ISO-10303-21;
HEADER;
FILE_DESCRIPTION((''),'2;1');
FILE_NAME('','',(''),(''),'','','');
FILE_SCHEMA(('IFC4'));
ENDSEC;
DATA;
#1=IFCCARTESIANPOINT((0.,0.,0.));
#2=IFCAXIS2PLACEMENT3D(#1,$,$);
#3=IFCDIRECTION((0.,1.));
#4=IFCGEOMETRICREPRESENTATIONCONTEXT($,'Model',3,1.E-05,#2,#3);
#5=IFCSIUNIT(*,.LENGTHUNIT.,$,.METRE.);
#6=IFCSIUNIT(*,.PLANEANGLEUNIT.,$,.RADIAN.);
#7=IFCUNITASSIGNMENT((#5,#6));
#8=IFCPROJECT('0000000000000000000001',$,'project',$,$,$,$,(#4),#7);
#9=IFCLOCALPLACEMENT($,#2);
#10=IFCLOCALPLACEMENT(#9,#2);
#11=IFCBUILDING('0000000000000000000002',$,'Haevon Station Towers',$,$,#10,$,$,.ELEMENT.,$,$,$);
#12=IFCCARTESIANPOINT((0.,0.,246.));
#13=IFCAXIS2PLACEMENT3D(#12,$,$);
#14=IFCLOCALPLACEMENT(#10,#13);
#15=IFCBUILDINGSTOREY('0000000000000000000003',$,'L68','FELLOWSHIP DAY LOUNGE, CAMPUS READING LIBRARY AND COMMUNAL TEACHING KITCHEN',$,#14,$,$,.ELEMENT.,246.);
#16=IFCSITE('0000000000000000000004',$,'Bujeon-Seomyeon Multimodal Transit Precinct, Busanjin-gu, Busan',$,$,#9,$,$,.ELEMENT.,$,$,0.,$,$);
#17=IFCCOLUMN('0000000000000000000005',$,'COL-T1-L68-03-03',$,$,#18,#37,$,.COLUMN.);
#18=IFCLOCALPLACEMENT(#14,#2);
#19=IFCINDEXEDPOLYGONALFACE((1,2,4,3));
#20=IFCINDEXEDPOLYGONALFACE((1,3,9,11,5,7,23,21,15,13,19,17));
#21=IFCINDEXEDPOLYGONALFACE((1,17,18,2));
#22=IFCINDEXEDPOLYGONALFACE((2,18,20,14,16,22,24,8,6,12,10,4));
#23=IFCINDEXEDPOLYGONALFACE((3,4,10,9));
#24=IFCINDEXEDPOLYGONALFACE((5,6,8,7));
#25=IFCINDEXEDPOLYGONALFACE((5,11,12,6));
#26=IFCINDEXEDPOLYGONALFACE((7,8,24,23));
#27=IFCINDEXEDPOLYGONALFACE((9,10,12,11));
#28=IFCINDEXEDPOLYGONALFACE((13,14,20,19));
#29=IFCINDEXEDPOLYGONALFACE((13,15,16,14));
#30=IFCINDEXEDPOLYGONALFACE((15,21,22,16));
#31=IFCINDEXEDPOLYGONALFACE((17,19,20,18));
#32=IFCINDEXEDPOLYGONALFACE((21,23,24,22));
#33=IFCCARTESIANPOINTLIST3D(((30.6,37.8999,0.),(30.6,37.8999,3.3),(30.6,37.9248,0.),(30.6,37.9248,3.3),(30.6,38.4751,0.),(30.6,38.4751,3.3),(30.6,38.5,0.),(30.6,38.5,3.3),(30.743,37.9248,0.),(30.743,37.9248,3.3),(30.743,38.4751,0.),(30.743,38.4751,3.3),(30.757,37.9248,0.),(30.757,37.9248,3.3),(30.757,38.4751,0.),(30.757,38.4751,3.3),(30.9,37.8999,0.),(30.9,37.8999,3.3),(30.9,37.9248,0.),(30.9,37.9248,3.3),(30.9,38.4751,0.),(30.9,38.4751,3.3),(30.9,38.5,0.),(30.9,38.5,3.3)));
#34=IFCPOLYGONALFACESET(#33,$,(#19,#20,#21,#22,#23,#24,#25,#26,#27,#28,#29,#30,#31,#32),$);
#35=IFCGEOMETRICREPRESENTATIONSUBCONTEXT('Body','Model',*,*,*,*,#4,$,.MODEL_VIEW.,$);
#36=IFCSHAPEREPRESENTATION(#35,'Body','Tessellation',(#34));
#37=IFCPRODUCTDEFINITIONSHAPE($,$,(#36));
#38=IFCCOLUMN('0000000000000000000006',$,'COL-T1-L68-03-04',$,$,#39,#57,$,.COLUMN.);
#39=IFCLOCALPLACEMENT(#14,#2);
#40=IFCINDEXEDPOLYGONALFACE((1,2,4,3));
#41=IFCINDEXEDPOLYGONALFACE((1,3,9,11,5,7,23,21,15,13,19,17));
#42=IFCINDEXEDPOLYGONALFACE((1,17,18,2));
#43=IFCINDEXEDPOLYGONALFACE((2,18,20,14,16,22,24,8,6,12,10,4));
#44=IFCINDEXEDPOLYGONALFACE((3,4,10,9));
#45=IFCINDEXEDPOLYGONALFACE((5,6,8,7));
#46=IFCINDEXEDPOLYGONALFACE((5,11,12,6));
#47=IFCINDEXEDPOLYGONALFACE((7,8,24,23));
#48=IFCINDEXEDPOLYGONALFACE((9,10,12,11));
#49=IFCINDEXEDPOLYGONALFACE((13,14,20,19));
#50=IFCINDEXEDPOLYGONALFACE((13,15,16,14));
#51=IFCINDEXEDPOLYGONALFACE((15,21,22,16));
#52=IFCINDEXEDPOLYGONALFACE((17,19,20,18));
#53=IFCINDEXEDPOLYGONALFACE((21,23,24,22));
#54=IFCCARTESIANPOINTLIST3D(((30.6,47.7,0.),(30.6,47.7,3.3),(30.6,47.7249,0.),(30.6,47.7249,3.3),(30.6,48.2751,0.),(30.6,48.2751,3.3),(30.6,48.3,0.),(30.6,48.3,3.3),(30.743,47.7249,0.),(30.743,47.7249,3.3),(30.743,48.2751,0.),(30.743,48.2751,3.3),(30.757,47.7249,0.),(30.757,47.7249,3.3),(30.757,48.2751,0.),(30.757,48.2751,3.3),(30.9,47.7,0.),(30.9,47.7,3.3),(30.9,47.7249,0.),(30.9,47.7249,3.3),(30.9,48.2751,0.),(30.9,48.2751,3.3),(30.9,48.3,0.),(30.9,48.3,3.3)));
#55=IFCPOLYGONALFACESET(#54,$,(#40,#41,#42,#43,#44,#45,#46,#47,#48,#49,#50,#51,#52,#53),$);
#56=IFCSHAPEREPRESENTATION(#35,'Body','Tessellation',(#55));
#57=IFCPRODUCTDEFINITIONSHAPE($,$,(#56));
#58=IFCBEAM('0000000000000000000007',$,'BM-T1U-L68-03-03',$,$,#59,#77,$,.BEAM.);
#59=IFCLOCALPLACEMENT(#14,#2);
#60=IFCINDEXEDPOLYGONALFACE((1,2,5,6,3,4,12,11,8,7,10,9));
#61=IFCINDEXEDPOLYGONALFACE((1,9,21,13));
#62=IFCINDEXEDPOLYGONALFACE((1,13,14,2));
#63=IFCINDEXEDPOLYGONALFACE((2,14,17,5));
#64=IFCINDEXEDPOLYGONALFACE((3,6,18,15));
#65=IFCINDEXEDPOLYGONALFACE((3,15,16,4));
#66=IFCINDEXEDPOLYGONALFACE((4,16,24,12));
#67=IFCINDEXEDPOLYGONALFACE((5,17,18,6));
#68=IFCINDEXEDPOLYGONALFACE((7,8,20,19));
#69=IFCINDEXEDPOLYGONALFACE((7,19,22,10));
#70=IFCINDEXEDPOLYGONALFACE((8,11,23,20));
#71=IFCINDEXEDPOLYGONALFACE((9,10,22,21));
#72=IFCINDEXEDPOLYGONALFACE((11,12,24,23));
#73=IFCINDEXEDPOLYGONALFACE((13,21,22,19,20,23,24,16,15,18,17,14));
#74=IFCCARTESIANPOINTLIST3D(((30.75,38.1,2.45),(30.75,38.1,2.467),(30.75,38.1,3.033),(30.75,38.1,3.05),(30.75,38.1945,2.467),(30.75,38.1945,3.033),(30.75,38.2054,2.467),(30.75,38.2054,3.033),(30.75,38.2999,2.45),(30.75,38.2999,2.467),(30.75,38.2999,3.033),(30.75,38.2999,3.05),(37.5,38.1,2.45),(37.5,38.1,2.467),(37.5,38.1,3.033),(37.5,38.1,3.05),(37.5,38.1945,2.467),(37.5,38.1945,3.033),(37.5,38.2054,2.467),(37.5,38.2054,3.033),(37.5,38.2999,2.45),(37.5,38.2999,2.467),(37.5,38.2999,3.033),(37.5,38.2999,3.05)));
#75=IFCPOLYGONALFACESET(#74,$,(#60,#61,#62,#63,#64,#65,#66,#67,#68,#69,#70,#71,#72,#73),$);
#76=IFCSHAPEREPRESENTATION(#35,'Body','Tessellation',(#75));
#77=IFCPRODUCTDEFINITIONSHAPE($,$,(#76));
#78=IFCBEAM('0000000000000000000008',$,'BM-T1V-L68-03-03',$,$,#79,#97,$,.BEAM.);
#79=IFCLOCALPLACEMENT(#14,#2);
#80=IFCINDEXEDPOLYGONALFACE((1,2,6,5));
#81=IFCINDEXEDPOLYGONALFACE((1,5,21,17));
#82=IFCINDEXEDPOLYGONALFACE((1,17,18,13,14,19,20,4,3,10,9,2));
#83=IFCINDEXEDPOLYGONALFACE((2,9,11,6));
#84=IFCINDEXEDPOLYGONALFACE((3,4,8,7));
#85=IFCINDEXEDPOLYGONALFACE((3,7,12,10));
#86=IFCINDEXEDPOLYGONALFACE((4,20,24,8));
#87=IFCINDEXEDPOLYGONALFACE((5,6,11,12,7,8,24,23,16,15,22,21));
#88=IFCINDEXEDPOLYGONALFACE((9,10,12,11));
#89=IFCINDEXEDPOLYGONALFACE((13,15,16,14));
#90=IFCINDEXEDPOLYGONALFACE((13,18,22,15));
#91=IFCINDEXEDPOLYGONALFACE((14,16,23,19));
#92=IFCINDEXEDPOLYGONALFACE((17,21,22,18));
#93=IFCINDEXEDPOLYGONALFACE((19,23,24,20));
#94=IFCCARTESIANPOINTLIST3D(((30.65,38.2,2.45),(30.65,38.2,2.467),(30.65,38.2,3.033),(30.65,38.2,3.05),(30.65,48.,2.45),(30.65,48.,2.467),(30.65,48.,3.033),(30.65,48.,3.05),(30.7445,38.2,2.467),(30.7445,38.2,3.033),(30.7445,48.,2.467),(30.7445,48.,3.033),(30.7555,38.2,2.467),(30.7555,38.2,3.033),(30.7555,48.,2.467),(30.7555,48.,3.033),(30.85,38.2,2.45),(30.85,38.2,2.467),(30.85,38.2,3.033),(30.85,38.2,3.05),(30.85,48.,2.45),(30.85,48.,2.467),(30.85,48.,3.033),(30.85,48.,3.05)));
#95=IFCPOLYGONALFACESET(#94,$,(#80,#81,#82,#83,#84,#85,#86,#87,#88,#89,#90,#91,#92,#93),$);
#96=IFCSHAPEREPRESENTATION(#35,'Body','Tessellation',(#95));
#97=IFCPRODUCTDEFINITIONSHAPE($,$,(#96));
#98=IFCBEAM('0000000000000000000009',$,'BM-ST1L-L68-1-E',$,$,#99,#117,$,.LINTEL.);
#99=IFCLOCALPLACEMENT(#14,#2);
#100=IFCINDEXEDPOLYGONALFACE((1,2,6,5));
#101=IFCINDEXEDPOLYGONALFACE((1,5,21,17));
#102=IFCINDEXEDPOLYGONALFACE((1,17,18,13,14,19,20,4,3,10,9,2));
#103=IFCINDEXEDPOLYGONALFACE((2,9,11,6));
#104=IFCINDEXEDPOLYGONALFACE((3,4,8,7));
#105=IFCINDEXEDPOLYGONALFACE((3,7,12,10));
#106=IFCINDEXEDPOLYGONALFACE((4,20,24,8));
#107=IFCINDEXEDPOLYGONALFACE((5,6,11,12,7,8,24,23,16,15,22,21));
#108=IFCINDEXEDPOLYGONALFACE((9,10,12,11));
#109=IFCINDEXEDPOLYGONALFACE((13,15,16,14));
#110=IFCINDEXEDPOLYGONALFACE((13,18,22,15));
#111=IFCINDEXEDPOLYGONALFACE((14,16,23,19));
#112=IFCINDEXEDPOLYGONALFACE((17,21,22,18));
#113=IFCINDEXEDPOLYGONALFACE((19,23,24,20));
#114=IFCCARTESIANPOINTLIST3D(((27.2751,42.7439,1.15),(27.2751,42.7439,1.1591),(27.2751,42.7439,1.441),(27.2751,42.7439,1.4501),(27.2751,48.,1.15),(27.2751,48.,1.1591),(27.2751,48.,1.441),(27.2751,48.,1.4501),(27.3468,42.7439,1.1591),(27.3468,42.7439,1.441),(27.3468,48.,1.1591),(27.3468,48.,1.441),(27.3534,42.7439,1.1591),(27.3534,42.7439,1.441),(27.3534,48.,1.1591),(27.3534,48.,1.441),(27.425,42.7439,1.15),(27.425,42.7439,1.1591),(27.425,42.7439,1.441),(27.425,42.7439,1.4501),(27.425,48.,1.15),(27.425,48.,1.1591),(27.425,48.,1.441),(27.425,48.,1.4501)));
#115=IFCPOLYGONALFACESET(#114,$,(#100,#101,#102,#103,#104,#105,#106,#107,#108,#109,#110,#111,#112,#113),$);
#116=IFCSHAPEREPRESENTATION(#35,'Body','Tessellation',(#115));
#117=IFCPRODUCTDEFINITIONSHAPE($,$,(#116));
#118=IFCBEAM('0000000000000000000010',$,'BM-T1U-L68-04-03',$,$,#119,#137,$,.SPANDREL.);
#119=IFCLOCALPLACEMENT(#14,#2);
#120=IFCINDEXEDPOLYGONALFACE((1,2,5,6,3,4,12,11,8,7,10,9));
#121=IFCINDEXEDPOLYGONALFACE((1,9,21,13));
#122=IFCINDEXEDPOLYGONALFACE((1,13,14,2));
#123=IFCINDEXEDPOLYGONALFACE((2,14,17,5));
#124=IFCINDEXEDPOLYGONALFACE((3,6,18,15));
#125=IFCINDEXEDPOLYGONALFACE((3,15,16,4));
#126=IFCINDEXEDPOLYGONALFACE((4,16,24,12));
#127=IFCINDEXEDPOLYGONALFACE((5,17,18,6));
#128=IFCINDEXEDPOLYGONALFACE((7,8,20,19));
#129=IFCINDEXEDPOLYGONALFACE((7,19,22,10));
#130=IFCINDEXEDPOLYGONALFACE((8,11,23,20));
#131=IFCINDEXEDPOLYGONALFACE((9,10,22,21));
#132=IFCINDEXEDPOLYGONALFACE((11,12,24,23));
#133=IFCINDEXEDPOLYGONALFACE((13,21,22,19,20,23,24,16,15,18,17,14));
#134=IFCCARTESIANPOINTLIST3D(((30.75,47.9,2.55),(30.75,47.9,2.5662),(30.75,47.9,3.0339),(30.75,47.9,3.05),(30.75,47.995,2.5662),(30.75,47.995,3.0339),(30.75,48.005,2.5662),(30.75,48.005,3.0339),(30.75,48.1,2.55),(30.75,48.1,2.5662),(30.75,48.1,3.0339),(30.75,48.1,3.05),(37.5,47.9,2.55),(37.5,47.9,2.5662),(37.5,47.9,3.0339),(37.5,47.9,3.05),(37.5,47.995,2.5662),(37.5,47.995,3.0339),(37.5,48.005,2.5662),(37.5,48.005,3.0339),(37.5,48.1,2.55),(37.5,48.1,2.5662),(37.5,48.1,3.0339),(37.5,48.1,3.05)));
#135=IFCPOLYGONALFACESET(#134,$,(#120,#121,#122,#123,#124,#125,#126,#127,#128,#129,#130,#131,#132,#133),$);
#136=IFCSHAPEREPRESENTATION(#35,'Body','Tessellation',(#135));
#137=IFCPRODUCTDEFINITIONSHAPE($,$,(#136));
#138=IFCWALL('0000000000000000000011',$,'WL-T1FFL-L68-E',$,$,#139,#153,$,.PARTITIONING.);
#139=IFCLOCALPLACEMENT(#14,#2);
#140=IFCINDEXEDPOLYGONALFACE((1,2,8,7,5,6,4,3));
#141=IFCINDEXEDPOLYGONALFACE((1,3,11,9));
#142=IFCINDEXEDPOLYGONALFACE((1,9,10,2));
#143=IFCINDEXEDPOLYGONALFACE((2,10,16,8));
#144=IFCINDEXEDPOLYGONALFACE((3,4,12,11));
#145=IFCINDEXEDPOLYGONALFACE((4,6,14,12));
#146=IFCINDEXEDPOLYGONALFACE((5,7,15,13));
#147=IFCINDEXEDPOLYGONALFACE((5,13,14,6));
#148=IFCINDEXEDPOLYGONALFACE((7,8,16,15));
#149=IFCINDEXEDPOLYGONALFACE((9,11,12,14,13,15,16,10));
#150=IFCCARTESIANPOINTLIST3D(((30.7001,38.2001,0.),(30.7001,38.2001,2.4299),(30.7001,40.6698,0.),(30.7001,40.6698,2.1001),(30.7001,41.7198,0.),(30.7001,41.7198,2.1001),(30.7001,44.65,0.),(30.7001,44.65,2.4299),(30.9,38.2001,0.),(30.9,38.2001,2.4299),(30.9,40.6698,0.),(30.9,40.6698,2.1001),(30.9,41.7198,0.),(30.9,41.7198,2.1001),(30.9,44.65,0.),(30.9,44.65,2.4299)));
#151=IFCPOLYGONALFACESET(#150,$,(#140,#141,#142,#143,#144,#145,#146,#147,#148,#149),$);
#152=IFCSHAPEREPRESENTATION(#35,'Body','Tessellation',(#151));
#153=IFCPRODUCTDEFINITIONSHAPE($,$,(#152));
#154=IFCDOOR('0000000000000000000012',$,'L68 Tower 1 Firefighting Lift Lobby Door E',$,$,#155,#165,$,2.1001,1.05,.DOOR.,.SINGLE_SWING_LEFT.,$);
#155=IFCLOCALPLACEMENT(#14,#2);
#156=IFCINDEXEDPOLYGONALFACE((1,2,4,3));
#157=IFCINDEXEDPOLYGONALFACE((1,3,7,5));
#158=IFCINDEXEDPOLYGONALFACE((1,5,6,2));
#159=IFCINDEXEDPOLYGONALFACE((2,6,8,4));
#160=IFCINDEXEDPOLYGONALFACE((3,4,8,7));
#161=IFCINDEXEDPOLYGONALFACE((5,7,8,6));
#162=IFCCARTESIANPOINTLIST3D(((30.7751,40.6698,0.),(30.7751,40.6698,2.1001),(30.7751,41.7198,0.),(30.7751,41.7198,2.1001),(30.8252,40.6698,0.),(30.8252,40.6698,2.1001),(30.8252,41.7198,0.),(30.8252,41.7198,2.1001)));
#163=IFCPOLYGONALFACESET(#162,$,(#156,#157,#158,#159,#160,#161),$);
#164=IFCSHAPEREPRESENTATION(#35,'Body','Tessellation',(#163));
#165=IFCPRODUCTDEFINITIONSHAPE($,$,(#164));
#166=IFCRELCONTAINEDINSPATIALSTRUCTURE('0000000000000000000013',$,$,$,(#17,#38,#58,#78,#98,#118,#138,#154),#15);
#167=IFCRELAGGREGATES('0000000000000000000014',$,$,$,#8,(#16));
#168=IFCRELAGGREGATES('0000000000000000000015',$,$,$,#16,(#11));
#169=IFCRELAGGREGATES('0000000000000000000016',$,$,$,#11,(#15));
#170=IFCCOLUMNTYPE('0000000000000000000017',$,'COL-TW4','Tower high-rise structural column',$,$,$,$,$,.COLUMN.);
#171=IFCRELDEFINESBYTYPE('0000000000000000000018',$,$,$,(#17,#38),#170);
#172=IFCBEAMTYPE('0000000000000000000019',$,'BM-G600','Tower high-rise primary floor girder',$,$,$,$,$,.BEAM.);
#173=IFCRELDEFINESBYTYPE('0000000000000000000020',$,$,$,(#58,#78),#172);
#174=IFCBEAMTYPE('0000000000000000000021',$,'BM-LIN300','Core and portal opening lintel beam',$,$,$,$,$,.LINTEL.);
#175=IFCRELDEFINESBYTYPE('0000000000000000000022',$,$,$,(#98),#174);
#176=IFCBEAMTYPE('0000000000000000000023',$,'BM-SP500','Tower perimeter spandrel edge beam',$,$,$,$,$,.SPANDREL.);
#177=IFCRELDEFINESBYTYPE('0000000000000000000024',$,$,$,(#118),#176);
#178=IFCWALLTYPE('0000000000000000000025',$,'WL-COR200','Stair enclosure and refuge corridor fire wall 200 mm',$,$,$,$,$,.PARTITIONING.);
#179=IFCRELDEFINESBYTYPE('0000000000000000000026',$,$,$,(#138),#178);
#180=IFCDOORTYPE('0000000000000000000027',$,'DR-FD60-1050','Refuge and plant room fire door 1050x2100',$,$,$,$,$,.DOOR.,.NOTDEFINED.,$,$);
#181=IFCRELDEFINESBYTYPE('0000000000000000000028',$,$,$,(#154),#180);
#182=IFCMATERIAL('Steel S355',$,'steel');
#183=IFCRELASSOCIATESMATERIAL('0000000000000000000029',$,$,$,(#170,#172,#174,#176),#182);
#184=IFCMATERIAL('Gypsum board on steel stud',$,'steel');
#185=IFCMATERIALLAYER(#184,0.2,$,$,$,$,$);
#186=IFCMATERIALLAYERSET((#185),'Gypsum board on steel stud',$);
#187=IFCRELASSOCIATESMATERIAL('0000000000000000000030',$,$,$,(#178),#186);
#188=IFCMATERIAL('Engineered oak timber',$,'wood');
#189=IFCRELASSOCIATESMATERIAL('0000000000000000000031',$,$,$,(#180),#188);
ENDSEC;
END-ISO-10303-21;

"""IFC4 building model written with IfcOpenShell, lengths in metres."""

from ifc_helpers import new_model, si_unit, direction, frame, frame_2d, origin, origin_2d, place, context, subcontext, project, spatial, rectangle, i_section, extrude, material, layer, layer_set, material_profile, profile_set, type_object, element, fill, save


model = new_model("IFC4")

# Units and contexts
model_context = context("Model", 3, precision=1e-05, world=origin(), true_north=direction((0.0, 1.0)))
body_context = subcontext(model_context, "Body", "Model", "MODEL_VIEW")
ifc_project = project(units=[si_unit("LENGTHUNIT", "METRE"), si_unit("PLANEANGLEUNIT", "RADIAN")], contexts=[model_context])

# Site, building, storey
site_placement = place(None, origin())
site = spatial("IfcSite", under=ifc_project, at=site_placement, Name="Bujeon-Seomyeon Multimodal Transit Precinct, Busanjin-gu, Busan", CompositionType="ELEMENT", RefElevation=0.0)
building_placement = place(site_placement, origin())
building = spatial("IfcBuilding", under=site, at=building_placement, Name="Haevon Station Towers", CompositionType="ELEMENT")
storey_placement = place(building_placement, frame((0.0, 0.0, 246.0)))
storey = spatial("IfcBuildingStorey", under=building, at=storey_placement, Name="L68", Description="FELLOWSHIP DAY LOUNGE, CAMPUS READING LIBRARY AND COMMUNAL TEACHING KITCHEN", CompositionType="ELEMENT", Elevation=246.0)

# Columns
ifc_material_1 = material(Name="Steel S355", Category="steel")
ifc_material_profile_1 = material_profile(ifc_material_1, i_section(OverallWidth=0.3, OverallDepth=0.6001, WebThickness=0.0139, FlangeThickness=0.0249, at=origin_2d()), Name="H-600x300x14x25")
ifc_profile_set_1 = profile_set([ifc_material_profile_1], Name="Steel S355")
column_type = type_object("IfcColumnType", Name="COL-TW4", Description="Tower high-rise structural column", PredefinedType="COLUMN", material=ifc_profile_set_1)
for number, where, z_axis, x_axis, name in (
    (1, (30.75, 38.2, 0.0), (0.0, 0.0, 1.0), (1.0, 0.0, 0.0), "COL-T1-L68-03-03"),
    (2, (30.75, 48.0, 0.0), (0.0, 0.0, 1.0), (1.0, 0.0, 0.0), "COL-T1-L68-03-04"),
):
    element("IfcColumn", number, at=place(storey_placement, frame(where, z_axis=z_axis, x_axis=x_axis)), inside=storey, type_object=column_type, Name=name, PredefinedType="COLUMN", context=body_context, shape_type="SweptSolid", body=[
        extrude(i_section(OverallWidth=0.3, OverallDepth=0.6001, WebThickness=0.0139, FlangeThickness=0.0249, at=origin_2d()), origin(), (0.0, 0.0, 1.0), 3.3),
    ])

# Beams
ifc_material_profile_2 = material_profile(ifc_material_1, i_section(OverallWidth=0.2, OverallDepth=0.6001, WebThickness=0.011, FlangeThickness=0.0171, at=origin_2d()), Name="H-600x200x11x17")
ifc_profile_set_2 = profile_set([ifc_material_profile_2], Name="Steel S355")
beam_type_1 = type_object("IfcBeamType", Name="BM-G600", Description="Tower high-rise primary floor girder", PredefinedType="BEAM", material=ifc_profile_set_2)
beam_1_placement = place(storey_placement, frame((30.75, 38.2, 2.75), z_axis=(1.0, 0.0, 0.0), x_axis=(0.0, 1.0, 0.0)))
element("IfcBeam", 3, at=beam_1_placement, inside=storey, type_object=beam_type_1, Name="BM-T1U-L68-03-03", PredefinedType="BEAM", context=body_context, shape_type="SweptSolid", body=[
    extrude(i_section(OverallWidth=0.2, OverallDepth=0.6001, WebThickness=0.011, FlangeThickness=0.0171, at=origin_2d()), origin(), (0.0, 0.0, 1.0), 6.75),
])
beam_2_placement = place(storey_placement, frame((30.75, 38.2, 2.75), z_axis=(0.0, 1.0, 0.0), x_axis=(-1.0, 0.0, 0.0)))
element("IfcBeam", 4, at=beam_2_placement, inside=storey, type_object=beam_type_1, Name="BM-T1V-L68-03-03", PredefinedType="BEAM", context=body_context, shape_type="SweptSolid", body=[
    extrude(i_section(OverallWidth=0.2, OverallDepth=0.6001, WebThickness=0.011, FlangeThickness=0.0171, at=origin_2d()), origin(), (0.0, 0.0, 1.0), 9.8),
])
ifc_material_profile_3 = material_profile(ifc_material_1, i_section(OverallWidth=0.1499, OverallDepth=0.3, WebThickness=0.0066, FlangeThickness=0.009, at=origin_2d()), Name="H-300x150x6.5x9")
ifc_profile_set_3 = profile_set([ifc_material_profile_3], Name="Steel S355")
beam_type_2 = type_object("IfcBeamType", Name="BM-LIN300", Description="Core and portal opening lintel beam", PredefinedType="LINTEL", material=ifc_profile_set_3)
beam_3_placement = place(storey_placement, frame((27.3501, 42.7439, 1.3), z_axis=(0.0, 1.0, 0.0), x_axis=(-1.0, 0.0, 0.0)))
element("IfcBeam", 5, at=beam_3_placement, inside=storey, type_object=beam_type_2, Name="BM-ST1L-L68-1-E", PredefinedType="LINTEL", context=body_context, shape_type="SweptSolid", body=[
    extrude(i_section(OverallWidth=0.1499, OverallDepth=0.3, WebThickness=0.0066, FlangeThickness=0.009, at=origin_2d()), origin(), (0.0, 0.0, 1.0), 5.2561),
])
ifc_material_profile_4 = material_profile(ifc_material_1, i_section(OverallWidth=0.2, OverallDepth=0.5, WebThickness=0.01, FlangeThickness=0.0161, at=origin_2d()), Name="H-500x200x10x16")
ifc_profile_set_4 = profile_set([ifc_material_profile_4], Name="Steel S355")
beam_type_3 = type_object("IfcBeamType", Name="BM-SP500", Description="Tower perimeter spandrel edge beam", PredefinedType="SPANDREL", material=ifc_profile_set_4)
beam_4_placement = place(storey_placement, frame((30.75, 48.0, 2.8), z_axis=(1.0, 0.0, 0.0), x_axis=(0.0, 1.0, 0.0)))
element("IfcBeam", 6, at=beam_4_placement, inside=storey, type_object=beam_type_3, Name="BM-T1U-L68-04-03", PredefinedType="SPANDREL", context=body_context, shape_type="SweptSolid", body=[
    extrude(i_section(OverallWidth=0.2, OverallDepth=0.5, WebThickness=0.01, FlangeThickness=0.0161, at=origin_2d()), origin(), (0.0, 0.0, 1.0), 6.75),
])

# Wall, opening, door
ifc_material_2 = material(Name="Gypsum board on steel stud", Category="steel")
ifc_layer_1 = layer(ifc_material_2, 0.2)
ifc_layer_set_1 = layer_set([ifc_layer_1], Name="Gypsum board on steel stud")
wall_type_1 = type_object("IfcWallType", Name="WL-COR200", Description="Stair enclosure and refuge corridor fire wall 200 mm", PredefinedType="PARTITIONING", material=ifc_layer_set_1)
wall_1_placement = place(storey_placement, frame((30.8, 38.2, 0.0), z_axis=(0.0, 0.0, 1.0), x_axis=(0.0, 1.0, 0.0)))
wall_1 = element("IfcWall", 7, at=wall_1_placement, inside=storey, type_object=wall_type_1, Name="WL-T1FFL-L68-E", PredefinedType="PARTITIONING", context=body_context, shape_type="SweptSolid", body=[
    extrude(rectangle(XDim=6.45, YDim=0.2, at=frame_2d((3.2251, 0.0))), origin(), (0.0, 0.0, 1.0), 2.4299),
])
opening_1_placement = place(wall_1_placement, frame((2.47, 0.0, 0.0)))
opening_1 = element("IfcOpeningElement", 8, at=opening_1_placement, cuts=wall_1, PredefinedType="OPENING", context=body_context, shape_type="SweptSolid", body=[
    extrude(rectangle(XDim=1.05, YDim=2.1001, at=frame_2d((0.5249, 1.05))), frame((0.0, 0.1099, 0.0), z_axis=(0.0, -1.0, 0.0), x_axis=(1.0, 0.0, 0.0)), (0.0, 0.0, 1.0), 0.22),
])
ifc_material_3 = material(Name="Engineered oak timber", Category="wood")
door_type_1 = type_object("IfcDoorType", Name="DR-FD60-1050", Description="Refuge and plant room fire door 1050x2100", OperationType="NOTDEFINED", PredefinedType="DOOR", material=ifc_material_3)
door_1_placement = place(opening_1_placement, origin())
door_1 = element("IfcDoor", 9, at=door_1_placement, inside=storey, type_object=door_type_1, Name="L68 Tower 1 Firefighting Lift Lobby Door E", OperationType="SINGLE_SWING_LEFT", OverallHeight=2.1001, OverallWidth=1.05, PredefinedType="DOOR", context=body_context, shape_type="SweptSolid", body=[
    extrude(rectangle(XDim=1.05, YDim=2.1001, at=frame_2d((0.5249, 1.05))), frame((0.0, 0.0249, 0.0), z_axis=(0.0, -1.0, 0.0), x_axis=(1.0, 0.0, 0.0)), (0.0, 0.0, 1.0), 0.05),
])
fill(opening_1, door_1)

save(model, "model.ifc")
